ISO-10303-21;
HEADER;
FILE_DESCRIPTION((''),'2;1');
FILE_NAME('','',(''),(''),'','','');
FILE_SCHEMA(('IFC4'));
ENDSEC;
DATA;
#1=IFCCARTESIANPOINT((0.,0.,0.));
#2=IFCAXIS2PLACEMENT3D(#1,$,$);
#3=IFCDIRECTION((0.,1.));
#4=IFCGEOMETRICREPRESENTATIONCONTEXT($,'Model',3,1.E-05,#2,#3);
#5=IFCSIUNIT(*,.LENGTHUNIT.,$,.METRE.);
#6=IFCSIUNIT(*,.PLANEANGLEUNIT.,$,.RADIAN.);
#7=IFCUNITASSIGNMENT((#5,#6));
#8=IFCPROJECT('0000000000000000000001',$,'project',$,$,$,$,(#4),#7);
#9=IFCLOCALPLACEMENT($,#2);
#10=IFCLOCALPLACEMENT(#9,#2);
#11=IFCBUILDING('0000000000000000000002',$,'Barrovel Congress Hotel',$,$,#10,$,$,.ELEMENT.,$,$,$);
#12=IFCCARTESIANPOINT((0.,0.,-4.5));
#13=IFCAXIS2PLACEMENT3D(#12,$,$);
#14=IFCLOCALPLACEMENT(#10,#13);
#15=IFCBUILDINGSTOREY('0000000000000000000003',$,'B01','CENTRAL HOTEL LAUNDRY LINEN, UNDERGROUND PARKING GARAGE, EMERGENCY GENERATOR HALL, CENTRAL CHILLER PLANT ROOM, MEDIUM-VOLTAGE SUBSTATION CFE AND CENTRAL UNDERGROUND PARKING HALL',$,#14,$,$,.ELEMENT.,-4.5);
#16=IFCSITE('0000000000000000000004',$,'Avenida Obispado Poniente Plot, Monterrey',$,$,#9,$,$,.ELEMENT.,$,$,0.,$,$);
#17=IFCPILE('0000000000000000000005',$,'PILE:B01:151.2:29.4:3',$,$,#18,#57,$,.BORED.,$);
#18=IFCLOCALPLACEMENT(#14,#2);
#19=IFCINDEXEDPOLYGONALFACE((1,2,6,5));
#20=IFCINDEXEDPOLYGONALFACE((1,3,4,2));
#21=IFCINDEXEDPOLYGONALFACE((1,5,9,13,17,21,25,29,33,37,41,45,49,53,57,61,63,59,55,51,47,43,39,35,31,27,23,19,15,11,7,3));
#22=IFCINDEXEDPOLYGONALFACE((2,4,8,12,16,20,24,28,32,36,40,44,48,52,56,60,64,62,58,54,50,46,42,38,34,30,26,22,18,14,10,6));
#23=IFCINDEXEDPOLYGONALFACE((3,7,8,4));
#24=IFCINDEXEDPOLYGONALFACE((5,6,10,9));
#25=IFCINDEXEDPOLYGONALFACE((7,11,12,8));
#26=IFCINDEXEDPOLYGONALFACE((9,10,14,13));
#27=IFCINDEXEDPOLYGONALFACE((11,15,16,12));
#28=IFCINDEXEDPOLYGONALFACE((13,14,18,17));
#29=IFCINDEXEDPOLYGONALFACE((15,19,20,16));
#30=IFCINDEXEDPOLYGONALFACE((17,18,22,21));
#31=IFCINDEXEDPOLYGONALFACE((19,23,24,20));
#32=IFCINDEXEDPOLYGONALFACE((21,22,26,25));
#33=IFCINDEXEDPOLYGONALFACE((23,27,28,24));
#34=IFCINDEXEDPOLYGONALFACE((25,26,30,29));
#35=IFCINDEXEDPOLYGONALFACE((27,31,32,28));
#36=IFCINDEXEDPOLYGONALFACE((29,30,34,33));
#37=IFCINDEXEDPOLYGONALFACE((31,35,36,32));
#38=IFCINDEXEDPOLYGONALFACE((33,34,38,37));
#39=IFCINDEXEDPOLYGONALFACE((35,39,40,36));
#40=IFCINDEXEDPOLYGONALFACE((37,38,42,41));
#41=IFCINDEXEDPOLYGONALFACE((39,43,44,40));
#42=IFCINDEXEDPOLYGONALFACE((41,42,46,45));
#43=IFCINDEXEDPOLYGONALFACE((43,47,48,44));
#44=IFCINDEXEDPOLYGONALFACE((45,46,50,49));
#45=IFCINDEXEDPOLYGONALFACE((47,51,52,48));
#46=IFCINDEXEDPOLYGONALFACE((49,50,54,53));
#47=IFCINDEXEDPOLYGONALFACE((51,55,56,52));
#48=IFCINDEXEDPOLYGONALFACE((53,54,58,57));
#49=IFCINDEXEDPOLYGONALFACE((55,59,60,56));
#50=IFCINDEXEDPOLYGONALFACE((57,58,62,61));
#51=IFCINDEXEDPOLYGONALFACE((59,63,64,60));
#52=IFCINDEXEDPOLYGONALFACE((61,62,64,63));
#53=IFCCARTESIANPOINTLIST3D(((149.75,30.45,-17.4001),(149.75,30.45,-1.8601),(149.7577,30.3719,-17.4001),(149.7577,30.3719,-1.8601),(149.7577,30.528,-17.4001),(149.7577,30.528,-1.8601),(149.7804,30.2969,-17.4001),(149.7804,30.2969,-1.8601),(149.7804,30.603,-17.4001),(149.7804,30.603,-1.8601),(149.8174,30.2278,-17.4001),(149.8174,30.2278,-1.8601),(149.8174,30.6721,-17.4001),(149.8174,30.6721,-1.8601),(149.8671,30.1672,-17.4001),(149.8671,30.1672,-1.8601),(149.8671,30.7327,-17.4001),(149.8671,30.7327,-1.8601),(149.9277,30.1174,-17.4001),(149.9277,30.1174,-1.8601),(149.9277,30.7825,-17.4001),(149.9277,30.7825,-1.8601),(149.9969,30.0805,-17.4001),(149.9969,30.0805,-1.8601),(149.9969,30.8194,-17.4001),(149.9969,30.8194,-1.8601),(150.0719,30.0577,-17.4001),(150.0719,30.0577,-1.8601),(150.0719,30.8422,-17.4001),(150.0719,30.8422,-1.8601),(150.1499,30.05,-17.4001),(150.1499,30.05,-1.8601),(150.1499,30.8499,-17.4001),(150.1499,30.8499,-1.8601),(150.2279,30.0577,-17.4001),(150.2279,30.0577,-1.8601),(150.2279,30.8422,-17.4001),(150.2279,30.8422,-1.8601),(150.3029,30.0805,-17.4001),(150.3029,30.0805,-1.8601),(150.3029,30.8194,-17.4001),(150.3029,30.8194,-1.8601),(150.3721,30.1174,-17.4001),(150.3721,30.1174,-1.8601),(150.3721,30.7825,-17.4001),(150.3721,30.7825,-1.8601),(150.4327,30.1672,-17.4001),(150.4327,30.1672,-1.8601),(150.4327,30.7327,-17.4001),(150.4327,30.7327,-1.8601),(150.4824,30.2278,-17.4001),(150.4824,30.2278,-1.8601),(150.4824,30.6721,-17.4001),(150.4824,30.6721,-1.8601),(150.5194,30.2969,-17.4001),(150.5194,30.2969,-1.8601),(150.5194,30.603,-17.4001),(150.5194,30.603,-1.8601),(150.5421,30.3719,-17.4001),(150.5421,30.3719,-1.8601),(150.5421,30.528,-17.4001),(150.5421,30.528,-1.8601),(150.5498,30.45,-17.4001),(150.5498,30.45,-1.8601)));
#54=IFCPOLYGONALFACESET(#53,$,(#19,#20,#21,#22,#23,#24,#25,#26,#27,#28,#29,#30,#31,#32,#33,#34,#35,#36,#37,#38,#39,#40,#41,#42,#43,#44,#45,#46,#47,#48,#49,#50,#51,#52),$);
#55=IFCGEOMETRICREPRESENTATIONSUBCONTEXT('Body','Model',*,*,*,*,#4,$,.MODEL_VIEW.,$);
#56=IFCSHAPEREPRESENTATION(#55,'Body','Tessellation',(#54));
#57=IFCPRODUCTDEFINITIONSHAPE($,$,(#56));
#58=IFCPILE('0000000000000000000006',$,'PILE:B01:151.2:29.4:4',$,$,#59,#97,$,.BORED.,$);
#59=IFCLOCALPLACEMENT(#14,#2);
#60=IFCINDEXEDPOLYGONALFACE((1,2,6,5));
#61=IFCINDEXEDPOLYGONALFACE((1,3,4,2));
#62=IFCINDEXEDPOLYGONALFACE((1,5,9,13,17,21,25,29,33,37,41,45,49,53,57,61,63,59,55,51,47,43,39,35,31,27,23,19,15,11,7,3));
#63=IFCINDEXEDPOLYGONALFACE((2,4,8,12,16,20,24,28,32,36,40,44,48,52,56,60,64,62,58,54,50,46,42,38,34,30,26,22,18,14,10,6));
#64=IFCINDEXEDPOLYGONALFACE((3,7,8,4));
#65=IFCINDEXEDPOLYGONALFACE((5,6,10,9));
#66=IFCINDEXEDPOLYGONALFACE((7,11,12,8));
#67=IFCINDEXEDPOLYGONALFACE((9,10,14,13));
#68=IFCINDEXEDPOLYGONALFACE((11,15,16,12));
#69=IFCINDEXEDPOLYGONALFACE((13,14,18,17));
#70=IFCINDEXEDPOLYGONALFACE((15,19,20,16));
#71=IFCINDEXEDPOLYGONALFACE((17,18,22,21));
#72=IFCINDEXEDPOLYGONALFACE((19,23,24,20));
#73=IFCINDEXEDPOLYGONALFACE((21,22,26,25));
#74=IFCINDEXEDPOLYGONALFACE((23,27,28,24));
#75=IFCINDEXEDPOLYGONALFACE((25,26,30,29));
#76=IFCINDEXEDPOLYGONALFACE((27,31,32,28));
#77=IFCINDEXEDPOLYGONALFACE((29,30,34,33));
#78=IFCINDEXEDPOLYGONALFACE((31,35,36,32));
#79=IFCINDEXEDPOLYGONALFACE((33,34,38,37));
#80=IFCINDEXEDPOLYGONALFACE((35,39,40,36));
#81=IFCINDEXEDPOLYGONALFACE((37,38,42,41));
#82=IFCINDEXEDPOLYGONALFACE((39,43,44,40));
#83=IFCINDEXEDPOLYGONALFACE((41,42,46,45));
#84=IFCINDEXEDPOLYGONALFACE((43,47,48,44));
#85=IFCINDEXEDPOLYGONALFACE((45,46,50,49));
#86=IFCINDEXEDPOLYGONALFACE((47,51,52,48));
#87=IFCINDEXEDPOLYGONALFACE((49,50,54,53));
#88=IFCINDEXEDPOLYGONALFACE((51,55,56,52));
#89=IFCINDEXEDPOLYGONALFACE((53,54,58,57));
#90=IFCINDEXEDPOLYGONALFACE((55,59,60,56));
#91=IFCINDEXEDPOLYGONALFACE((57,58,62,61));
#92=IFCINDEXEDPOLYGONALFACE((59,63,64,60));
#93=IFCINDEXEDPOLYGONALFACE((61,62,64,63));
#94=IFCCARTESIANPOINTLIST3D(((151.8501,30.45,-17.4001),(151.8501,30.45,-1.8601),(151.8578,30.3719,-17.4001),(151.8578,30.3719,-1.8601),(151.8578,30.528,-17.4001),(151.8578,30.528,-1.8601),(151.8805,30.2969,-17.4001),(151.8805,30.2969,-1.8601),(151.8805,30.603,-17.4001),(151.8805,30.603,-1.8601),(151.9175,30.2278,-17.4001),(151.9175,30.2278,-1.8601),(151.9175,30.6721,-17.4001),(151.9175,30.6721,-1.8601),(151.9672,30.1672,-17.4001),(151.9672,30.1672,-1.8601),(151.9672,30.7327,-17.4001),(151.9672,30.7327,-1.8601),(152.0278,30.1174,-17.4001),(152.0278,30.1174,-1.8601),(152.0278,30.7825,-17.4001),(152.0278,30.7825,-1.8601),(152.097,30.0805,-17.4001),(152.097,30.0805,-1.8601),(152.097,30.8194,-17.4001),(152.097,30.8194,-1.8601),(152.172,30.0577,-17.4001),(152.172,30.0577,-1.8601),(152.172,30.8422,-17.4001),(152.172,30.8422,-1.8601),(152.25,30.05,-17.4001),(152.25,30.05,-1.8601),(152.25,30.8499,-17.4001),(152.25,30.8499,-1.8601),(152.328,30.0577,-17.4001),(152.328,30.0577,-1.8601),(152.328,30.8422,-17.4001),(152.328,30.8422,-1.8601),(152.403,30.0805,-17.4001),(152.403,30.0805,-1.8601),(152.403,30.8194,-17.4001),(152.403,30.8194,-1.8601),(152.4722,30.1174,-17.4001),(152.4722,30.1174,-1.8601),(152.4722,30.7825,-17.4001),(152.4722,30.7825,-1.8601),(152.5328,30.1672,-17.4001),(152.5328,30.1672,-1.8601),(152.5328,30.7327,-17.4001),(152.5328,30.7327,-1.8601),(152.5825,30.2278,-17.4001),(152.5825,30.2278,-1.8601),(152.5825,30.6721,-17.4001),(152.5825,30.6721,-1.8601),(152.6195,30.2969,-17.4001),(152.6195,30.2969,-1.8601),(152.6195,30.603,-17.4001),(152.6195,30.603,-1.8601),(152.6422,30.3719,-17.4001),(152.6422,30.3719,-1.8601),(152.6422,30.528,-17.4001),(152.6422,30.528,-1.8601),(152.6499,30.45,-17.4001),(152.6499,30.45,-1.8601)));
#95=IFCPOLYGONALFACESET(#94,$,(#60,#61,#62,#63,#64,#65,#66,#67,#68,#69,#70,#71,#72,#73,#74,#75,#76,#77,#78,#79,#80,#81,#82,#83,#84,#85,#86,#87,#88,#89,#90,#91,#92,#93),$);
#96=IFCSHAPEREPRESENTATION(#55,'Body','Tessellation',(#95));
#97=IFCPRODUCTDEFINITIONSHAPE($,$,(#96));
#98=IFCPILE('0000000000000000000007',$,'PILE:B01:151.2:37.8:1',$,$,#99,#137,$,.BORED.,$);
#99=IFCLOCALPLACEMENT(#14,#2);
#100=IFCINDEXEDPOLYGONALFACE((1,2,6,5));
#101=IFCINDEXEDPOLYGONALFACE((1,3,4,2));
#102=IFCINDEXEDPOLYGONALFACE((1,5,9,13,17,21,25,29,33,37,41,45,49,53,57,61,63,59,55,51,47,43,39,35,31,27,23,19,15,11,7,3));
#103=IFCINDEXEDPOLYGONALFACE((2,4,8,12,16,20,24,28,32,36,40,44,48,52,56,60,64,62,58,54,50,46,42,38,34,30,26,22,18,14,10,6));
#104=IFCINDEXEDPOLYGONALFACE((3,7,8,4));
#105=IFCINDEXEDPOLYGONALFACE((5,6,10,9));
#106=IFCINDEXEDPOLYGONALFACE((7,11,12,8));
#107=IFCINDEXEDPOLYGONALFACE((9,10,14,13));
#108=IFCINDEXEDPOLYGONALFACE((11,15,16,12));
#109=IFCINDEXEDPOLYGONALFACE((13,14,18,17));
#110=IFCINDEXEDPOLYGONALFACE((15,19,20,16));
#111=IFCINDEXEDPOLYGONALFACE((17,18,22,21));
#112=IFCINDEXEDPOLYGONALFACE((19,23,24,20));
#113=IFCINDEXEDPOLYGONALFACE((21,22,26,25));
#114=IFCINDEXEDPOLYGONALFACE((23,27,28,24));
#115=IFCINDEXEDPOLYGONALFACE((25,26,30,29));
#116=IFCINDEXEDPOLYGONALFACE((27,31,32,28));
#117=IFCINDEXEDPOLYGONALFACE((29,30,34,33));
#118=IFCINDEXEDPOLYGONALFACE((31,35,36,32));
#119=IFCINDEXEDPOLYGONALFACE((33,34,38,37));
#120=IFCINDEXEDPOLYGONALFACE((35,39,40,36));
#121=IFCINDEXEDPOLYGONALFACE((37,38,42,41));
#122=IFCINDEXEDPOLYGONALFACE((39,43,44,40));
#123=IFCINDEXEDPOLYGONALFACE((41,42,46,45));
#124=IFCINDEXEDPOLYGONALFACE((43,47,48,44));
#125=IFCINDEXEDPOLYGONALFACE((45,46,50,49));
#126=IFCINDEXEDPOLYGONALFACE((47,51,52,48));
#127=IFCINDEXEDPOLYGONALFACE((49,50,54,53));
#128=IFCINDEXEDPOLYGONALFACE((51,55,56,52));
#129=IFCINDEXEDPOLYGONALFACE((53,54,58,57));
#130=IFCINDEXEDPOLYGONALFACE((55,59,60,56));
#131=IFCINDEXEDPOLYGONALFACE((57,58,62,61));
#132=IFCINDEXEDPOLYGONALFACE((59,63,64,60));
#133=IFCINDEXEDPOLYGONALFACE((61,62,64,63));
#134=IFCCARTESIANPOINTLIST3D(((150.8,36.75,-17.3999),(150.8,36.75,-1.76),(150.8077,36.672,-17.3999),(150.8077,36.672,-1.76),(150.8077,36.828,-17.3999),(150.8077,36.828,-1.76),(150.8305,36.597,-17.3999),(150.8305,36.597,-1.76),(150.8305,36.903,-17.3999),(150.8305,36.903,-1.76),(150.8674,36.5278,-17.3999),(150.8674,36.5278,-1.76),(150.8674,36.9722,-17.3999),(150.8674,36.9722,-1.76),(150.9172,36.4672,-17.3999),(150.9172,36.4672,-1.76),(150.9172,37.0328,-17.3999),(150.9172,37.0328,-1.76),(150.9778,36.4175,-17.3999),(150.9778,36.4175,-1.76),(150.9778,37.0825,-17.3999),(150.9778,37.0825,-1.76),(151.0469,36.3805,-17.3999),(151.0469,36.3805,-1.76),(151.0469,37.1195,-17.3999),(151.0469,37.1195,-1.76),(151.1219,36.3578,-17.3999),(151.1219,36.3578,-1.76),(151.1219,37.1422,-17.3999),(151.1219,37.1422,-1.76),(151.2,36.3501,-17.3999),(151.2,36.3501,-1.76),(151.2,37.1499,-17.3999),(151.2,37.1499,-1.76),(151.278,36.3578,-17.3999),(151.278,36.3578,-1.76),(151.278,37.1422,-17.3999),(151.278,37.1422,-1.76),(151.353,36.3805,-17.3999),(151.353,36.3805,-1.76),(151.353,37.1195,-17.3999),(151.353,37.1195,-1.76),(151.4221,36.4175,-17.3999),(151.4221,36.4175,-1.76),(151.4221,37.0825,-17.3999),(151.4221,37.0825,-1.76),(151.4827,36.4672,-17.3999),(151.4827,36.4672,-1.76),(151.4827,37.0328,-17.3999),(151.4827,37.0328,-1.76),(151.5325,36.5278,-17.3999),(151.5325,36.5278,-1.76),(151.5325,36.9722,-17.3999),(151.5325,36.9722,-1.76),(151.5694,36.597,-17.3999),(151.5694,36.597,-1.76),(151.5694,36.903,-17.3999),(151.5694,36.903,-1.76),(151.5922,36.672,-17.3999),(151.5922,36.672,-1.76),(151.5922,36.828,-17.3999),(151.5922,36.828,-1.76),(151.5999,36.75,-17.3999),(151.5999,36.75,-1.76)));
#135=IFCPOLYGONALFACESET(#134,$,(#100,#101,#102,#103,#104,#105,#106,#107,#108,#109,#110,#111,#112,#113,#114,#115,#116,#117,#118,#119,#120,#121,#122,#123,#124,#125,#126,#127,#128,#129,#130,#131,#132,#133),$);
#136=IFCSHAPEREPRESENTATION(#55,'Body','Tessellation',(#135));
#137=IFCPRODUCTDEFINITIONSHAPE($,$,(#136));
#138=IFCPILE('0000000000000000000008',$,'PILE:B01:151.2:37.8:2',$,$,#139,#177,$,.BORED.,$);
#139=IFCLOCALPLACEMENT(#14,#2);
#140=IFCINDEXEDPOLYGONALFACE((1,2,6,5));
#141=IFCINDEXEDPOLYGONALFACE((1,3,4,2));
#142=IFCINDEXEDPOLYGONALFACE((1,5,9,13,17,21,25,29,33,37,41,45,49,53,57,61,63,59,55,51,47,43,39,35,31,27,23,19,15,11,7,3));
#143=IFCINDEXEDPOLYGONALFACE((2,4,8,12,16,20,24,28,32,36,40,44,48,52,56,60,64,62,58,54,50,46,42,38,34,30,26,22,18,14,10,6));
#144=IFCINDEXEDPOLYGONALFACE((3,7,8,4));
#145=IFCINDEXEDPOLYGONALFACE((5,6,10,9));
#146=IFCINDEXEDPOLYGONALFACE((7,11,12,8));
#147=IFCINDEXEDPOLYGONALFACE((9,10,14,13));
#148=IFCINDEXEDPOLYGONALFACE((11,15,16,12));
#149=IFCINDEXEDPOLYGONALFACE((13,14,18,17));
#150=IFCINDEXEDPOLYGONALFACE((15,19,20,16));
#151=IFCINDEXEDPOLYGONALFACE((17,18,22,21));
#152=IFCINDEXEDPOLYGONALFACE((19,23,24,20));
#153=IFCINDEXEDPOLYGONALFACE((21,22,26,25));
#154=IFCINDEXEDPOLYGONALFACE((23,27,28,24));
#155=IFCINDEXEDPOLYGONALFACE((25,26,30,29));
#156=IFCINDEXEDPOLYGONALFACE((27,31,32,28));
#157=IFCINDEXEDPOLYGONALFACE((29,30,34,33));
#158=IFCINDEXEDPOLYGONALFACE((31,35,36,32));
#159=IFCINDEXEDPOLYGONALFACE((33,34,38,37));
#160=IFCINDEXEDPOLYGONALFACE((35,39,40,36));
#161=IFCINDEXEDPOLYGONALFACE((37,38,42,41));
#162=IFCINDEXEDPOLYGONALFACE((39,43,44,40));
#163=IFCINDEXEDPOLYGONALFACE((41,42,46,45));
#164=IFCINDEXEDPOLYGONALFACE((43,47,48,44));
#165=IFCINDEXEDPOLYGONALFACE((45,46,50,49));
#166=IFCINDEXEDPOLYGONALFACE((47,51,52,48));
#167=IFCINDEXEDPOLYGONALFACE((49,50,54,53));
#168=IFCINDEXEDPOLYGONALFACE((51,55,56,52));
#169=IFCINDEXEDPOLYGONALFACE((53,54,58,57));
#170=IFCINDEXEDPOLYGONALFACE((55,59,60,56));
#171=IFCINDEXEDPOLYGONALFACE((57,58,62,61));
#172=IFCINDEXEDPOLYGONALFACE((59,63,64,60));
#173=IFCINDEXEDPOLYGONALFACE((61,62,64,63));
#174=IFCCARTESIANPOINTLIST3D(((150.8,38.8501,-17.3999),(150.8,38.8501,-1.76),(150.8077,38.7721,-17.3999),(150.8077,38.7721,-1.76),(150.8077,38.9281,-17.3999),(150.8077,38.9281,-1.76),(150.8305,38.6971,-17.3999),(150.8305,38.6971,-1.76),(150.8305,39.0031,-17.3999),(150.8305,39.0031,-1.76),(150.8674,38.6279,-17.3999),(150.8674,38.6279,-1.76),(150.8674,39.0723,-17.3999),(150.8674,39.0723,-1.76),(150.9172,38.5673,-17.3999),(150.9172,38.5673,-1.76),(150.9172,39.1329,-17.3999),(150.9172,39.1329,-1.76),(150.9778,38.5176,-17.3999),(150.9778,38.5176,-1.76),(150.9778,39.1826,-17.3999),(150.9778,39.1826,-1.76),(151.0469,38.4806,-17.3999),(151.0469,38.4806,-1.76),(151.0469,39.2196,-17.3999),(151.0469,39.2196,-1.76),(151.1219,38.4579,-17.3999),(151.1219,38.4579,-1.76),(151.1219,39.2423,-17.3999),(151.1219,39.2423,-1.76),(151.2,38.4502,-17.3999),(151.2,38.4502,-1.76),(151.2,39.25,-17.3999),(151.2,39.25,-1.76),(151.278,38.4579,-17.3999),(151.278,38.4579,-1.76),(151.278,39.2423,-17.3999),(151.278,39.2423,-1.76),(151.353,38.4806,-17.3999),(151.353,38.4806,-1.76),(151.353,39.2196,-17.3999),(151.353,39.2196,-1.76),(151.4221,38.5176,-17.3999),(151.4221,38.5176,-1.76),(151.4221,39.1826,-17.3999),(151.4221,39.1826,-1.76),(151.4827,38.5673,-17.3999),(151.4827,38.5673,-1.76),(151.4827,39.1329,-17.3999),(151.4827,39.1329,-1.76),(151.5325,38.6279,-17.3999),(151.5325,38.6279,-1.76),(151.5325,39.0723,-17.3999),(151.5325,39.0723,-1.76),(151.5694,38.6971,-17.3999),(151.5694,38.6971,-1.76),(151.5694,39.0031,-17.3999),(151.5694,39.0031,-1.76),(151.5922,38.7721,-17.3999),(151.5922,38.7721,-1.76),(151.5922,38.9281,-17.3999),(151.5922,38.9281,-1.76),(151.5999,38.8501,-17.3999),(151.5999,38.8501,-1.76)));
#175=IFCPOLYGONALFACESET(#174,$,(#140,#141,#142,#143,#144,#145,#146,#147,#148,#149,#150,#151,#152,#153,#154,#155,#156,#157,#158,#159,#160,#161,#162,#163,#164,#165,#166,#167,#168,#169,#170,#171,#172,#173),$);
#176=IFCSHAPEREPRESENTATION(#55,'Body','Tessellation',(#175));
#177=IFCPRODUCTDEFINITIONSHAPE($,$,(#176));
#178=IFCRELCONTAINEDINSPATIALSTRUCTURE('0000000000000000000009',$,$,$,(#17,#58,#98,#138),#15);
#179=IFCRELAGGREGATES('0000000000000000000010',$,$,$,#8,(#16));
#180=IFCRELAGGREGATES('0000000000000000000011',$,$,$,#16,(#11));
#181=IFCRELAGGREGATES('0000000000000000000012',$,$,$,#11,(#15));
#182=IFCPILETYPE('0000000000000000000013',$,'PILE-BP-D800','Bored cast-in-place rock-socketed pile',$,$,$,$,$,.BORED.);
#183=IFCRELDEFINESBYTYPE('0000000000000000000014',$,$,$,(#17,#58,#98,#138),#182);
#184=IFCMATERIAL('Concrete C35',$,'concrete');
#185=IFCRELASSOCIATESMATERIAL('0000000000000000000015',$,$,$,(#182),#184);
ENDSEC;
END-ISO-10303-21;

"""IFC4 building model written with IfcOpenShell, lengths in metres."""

from ifc_helpers import new_model, si_unit, direction, frame, origin, origin_2d, place, context, subcontext, project, spatial, circle, extrude, material, material_profile, profile_set, type_object, element, save


model = new_model("IFC4")

# Units and contexts
model_context = context("Model", 3, precision=1e-05, world=origin(), true_north=direction((0.0, 1.0)))
body_context = subcontext(model_context, "Body", "Model", "MODEL_VIEW")
ifc_project = project(units=[si_unit("LENGTHUNIT", "METRE"), si_unit("PLANEANGLEUNIT", "RADIAN")], contexts=[model_context])

# Site, building, storey
site_placement = place(None, origin())
site = spatial("IfcSite", under=ifc_project, at=site_placement, Name="Avenida Obispado Poniente Plot, Monterrey", CompositionType="ELEMENT", RefElevation=0.0)
building_placement = place(site_placement, origin())
building = spatial("IfcBuilding", under=site, at=building_placement, Name="Barrovel Congress Hotel", CompositionType="ELEMENT")
storey_placement = place(building_placement, frame((0.0, 0.0, -4.5)))
storey = spatial("IfcBuildingStorey", under=building, at=storey_placement, Name="B01", Description="CENTRAL HOTEL LAUNDRY LINEN, UNDERGROUND PARKING GARAGE, EMERGENCY GENERATOR HALL, CENTRAL CHILLER PLANT ROOM, MEDIUM-VOLTAGE SUBSTATION CFE AND CENTRAL UNDERGROUND PARKING HALL", CompositionType="ELEMENT", Elevation=-4.5)

# Piles
ifc_material_1 = material(Name="Concrete C35", Category="concrete")
ifc_material_profile_1 = material_profile(ifc_material_1, circle(Radius=0.3999, at=origin_2d()), Name="BP-D800")
ifc_profile_set_1 = profile_set([ifc_material_profile_1], Name="Concrete C35")
pile_type_1 = type_object("IfcPileType", Name="PILE-BP-D800", Description="Bored cast-in-place rock-socketed pile", PredefinedType="BORED", material=ifc_profile_set_1)
for number, where, z_axis, x_axis, name in (
    (1, (150.1499, 30.45, -1.8601), (0.0, 0.0, -1.0), (1.0, 0.0, 0.0), "PILE:B01:151.2:29.4:3"),
    (2, (152.25, 30.45, -1.8601), (0.0, 0.0, -1.0), (1.0, 0.0, 0.0), "PILE:B01:151.2:29.4:4"),
):
    element("IfcPile", number, at=place(storey_placement, frame(where, z_axis=z_axis, x_axis=x_axis)), inside=storey, type_object=pile_type_1, Name=name, PredefinedType="BORED", context=body_context, shape_type="SweptSolid", body=[
        extrude(circle(Radius=0.3999, at=origin_2d()), origin(), (0.0, 0.0, 1.0), 15.54),
    ])
for number, where, z_axis, x_axis, name in (
    (3, (151.2, 36.75, -1.76), (0.0, 0.0, -1.0), (1.0, 0.0, 0.0), "PILE:B01:151.2:37.8:1"),
    (4, (151.2, 38.8501, -1.76), (0.0, 0.0, -1.0), (1.0, 0.0, 0.0), "PILE:B01:151.2:37.8:2"),
):
    element("IfcPile", number, at=place(storey_placement, frame(where, z_axis=z_axis, x_axis=x_axis)), inside=storey, type_object=pile_type_1, Name=name, PredefinedType="BORED", context=body_context, shape_type="SweptSolid", body=[
        extrude(circle(Radius=0.3999, at=origin_2d()), origin(), (0.0, 0.0, 1.0), 15.6399),
    ])

save(model, "model.ifc")
